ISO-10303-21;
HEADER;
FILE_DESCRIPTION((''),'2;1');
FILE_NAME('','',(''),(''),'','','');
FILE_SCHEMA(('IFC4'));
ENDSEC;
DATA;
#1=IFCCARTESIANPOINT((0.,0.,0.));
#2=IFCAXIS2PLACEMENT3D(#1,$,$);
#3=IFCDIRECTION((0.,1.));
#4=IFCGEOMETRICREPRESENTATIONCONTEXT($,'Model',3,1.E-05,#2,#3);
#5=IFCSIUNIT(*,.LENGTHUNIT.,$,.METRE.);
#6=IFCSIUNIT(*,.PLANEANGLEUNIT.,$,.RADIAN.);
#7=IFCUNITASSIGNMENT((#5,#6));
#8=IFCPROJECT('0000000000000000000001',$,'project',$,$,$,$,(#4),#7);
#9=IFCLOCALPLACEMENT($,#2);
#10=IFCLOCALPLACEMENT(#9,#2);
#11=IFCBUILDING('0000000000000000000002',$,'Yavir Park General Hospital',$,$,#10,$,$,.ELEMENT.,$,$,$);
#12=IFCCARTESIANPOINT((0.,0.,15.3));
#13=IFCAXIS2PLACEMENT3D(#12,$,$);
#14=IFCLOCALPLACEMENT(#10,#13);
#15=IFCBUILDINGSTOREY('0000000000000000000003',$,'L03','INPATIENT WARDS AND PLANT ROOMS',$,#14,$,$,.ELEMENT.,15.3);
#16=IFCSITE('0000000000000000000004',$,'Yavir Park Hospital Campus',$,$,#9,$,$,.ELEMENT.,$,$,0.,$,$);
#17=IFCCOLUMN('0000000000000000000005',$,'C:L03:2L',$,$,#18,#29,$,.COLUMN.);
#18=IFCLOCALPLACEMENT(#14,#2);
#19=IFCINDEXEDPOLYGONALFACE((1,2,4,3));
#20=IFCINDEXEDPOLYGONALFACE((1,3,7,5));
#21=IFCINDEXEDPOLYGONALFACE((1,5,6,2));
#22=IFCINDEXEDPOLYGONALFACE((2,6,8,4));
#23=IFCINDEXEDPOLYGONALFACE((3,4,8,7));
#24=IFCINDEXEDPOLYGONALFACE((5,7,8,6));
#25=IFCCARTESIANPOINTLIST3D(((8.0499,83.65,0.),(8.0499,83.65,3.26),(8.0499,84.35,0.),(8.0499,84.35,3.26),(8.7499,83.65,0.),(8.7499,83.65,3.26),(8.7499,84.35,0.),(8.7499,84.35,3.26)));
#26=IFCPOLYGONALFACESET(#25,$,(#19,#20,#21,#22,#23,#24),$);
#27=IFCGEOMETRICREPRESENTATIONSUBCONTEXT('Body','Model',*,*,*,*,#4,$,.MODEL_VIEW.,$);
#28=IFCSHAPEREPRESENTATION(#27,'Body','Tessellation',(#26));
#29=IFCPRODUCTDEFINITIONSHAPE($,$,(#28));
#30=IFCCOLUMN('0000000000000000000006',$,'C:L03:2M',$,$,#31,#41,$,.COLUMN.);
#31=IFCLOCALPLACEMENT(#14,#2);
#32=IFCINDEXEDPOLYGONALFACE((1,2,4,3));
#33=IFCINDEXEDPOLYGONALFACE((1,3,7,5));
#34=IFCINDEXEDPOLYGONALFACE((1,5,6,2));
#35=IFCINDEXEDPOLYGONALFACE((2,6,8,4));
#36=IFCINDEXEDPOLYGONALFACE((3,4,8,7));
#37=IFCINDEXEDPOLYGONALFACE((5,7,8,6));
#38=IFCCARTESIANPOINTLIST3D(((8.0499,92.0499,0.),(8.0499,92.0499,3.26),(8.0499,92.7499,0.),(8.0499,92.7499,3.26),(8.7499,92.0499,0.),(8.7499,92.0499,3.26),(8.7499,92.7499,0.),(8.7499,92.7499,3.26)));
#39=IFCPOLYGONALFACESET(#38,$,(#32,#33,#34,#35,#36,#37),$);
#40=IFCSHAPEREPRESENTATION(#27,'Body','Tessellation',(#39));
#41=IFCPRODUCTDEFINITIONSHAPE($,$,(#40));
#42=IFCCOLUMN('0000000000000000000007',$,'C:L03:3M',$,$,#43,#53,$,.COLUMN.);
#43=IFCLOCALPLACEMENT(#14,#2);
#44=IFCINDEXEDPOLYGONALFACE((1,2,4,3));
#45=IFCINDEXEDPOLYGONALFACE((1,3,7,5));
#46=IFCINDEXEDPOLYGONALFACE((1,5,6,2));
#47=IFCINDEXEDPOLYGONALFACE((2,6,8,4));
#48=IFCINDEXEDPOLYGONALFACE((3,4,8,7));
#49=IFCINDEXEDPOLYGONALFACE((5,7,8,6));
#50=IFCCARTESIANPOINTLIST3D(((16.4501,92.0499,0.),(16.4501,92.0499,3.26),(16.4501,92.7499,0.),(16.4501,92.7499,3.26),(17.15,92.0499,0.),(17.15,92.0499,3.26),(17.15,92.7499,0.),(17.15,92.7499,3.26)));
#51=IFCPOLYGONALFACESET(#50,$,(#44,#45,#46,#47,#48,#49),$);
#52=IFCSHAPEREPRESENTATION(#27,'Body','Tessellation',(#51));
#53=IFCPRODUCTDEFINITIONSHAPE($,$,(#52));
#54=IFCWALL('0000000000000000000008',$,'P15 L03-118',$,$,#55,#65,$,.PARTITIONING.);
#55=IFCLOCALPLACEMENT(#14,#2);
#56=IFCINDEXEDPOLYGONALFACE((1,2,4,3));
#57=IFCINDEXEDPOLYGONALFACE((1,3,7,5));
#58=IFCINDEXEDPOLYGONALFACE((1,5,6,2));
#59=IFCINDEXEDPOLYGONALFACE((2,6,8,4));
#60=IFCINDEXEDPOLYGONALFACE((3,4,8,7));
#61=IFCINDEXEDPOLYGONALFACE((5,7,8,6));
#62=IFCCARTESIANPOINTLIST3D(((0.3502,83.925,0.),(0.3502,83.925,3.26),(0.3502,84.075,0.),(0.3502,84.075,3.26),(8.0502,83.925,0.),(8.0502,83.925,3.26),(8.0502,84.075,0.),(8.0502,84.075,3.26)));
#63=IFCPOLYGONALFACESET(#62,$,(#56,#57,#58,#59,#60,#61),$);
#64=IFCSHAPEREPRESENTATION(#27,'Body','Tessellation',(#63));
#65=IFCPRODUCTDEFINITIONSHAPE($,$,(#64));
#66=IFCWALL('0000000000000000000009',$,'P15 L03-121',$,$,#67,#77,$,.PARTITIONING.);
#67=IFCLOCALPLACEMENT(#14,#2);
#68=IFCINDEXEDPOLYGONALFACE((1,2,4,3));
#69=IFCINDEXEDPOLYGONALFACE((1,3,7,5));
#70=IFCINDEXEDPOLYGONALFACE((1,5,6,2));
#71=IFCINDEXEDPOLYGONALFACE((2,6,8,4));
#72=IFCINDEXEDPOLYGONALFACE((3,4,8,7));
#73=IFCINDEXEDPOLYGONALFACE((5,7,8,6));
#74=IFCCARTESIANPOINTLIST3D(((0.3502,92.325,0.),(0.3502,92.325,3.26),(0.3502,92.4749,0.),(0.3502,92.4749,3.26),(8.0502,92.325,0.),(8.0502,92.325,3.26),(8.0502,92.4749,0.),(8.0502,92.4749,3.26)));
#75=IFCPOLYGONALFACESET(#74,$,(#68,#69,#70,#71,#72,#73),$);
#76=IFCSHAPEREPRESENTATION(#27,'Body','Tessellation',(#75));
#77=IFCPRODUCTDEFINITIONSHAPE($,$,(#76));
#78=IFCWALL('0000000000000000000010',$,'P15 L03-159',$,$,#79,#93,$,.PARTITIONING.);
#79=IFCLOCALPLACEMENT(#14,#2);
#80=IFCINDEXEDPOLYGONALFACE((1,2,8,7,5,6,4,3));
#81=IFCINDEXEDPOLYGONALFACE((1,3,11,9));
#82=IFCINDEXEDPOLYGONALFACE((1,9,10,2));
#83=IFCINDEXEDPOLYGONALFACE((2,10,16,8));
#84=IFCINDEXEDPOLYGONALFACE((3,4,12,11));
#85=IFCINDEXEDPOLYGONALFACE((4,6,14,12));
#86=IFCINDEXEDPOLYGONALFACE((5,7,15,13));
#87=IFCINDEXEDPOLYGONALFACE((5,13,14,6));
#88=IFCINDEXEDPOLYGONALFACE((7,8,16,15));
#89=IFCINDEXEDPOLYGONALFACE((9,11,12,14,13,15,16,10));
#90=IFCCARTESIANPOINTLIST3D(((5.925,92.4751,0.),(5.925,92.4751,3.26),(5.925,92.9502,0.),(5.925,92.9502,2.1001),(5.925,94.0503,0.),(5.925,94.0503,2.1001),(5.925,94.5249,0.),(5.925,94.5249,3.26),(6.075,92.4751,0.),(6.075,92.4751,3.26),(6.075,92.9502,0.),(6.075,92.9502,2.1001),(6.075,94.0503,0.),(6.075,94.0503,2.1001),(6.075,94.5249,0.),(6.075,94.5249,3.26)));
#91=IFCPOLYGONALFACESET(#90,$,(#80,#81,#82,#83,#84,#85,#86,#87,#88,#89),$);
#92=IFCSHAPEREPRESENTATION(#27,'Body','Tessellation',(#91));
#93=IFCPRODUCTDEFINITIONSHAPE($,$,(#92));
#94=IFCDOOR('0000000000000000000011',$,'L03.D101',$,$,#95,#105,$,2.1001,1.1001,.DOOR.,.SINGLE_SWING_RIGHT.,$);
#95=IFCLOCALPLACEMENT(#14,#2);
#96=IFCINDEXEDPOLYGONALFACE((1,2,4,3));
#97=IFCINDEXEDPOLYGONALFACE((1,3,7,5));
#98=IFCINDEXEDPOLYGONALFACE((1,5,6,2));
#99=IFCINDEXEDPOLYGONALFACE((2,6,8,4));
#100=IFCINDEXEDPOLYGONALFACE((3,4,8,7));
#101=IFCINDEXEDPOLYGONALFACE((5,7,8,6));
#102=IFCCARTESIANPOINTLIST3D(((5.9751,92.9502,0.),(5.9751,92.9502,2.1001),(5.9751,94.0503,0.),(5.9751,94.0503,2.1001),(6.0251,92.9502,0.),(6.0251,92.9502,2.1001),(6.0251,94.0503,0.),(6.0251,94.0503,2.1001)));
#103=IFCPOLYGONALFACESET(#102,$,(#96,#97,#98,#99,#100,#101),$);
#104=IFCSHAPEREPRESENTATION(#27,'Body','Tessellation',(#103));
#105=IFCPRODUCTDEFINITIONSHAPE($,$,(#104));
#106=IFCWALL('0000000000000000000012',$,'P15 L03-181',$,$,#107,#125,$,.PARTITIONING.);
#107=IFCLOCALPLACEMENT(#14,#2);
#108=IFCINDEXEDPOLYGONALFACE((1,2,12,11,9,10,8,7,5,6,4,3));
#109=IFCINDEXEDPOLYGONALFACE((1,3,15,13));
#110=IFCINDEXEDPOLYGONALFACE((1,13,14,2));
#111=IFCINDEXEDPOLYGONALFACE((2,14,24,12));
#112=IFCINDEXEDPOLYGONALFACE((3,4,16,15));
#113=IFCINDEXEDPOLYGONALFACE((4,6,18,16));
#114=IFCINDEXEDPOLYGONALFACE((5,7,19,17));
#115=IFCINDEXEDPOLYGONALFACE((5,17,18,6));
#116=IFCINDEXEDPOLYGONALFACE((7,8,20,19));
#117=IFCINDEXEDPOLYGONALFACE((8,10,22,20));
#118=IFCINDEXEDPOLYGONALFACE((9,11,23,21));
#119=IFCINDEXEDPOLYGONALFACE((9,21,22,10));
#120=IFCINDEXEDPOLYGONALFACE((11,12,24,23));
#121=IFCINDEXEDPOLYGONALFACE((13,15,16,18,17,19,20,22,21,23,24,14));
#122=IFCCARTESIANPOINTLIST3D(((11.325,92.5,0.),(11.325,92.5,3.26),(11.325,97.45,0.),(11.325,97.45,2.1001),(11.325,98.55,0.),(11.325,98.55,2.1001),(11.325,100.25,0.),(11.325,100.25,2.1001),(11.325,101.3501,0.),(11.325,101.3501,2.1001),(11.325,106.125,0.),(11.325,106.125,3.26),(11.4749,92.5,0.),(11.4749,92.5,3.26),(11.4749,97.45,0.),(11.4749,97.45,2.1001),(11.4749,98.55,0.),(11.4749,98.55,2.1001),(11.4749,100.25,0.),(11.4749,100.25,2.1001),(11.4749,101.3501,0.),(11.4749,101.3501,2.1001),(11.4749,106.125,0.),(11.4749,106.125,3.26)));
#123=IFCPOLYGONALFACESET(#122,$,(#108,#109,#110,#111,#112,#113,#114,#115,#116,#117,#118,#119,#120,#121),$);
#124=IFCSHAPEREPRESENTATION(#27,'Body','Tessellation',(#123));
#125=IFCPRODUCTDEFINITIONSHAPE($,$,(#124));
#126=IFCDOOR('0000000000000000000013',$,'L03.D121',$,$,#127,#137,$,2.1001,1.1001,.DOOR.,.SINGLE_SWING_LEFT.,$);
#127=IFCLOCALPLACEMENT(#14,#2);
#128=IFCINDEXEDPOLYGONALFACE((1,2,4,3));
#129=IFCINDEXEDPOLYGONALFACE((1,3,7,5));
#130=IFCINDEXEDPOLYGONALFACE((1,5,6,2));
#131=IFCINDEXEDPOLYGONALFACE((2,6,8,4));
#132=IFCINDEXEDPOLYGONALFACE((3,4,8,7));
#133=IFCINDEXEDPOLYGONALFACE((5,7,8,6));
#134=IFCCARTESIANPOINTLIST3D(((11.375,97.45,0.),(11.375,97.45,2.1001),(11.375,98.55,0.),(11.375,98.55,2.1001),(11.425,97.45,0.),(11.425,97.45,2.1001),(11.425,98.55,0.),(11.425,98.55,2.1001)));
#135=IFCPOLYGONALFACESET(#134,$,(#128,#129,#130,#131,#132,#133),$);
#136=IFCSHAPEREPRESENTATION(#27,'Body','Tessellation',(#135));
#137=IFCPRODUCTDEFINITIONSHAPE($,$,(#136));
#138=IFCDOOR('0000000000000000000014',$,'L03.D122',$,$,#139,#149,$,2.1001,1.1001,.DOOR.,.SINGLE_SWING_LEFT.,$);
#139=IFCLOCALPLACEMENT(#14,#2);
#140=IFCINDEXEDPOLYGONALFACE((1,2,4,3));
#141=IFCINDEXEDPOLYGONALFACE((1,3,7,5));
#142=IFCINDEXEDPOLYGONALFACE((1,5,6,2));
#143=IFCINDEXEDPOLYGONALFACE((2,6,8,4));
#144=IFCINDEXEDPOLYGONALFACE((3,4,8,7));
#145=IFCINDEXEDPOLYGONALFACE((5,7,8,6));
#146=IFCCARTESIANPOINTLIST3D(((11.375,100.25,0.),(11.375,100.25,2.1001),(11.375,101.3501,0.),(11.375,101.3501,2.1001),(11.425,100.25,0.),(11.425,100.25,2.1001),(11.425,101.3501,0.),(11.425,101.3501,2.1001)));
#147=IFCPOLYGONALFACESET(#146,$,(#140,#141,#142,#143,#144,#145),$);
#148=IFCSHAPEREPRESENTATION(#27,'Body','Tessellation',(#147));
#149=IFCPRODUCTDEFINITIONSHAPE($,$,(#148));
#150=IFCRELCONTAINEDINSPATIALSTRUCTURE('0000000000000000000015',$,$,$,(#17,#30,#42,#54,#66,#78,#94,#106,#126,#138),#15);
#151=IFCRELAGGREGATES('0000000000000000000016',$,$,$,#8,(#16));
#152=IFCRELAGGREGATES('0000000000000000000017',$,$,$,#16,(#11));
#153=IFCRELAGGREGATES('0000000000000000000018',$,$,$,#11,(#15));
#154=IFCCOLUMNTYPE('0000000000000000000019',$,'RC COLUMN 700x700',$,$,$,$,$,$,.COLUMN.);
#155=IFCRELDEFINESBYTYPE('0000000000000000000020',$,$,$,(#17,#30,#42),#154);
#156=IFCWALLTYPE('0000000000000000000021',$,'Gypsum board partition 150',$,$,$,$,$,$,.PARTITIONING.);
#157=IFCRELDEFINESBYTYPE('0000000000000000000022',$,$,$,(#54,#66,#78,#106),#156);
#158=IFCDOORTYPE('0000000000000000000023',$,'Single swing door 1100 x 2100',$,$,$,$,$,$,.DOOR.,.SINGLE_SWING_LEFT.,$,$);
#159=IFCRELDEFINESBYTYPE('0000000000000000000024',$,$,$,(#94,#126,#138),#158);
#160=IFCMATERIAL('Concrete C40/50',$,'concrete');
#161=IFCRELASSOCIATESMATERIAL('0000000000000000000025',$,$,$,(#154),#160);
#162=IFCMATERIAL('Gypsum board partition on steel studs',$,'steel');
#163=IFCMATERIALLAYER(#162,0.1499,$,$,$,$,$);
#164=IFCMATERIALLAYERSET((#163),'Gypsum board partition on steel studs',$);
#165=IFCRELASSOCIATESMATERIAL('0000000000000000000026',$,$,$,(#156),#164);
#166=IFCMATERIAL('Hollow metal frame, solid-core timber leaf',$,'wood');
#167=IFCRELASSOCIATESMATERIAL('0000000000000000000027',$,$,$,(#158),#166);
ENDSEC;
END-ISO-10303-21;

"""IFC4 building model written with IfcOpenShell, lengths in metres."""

from ifc_helpers import new_model, si_unit, direction, frame, frame_2d, origin, origin_2d, place, context, subcontext, project, spatial, rectangle, extrude, material, layer, layer_set, material_profile, profile_set, type_object, element, fill, save


model = new_model("IFC4")

# Units and contexts
model_context = context("Model", 3, precision=1e-05, world=origin(), true_north=direction((0.0, 1.0)))
body_context = subcontext(model_context, "Body", "Model", "MODEL_VIEW")
ifc_project = project(units=[si_unit("LENGTHUNIT", "METRE"), si_unit("PLANEANGLEUNIT", "RADIAN")], contexts=[model_context])

# Site, building, storey
site_placement = place(None, origin())
site = spatial("IfcSite", under=ifc_project, at=site_placement, Name="Yavir Park Hospital Campus", CompositionType="ELEMENT", RefElevation=0.0)
building_placement = place(site_placement, origin())
building = spatial("IfcBuilding", under=site, at=building_placement, Name="Yavir Park General Hospital", CompositionType="ELEMENT")
storey_placement = place(building_placement, frame((0.0, 0.0, 15.3)))
storey = spatial("IfcBuildingStorey", under=building, at=storey_placement, Name="L03", Description="INPATIENT WARDS AND PLANT ROOMS", CompositionType="ELEMENT", Elevation=15.3)

# Columns
ifc_material_1 = material(Name="Concrete C40/50", Category="concrete")
ifc_material_profile = material_profile(ifc_material_1, rectangle(XDim=0.7, YDim=0.7, at=origin_2d()), Name="RC700x700")
ifc_profile_set = profile_set([ifc_material_profile], Name="Concrete C40/50")
column_type = type_object("IfcColumnType", Name="RC COLUMN 700x700", PredefinedType="COLUMN", material=ifc_profile_set)
for number, where, z_axis, x_axis, name in (
    (1, (8.3999, 84.0, 0.0), (0.0, 0.0, 1.0), (1.0, 0.0, 0.0), "C:L03:2L"),
    (2, (8.3999, 92.3999, 0.0), (0.0, 0.0, 1.0), (1.0, 0.0, 0.0), "C:L03:2M"),
    (3, (16.8, 92.3999, 0.0), (0.0, 0.0, 1.0), (1.0, 0.0, 0.0), "C:L03:3M"),
):
    element("IfcColumn", number, at=place(storey_placement, frame(where, z_axis=z_axis, x_axis=x_axis)), inside=storey, type_object=column_type, Name=name, PredefinedType="COLUMN", context=body_context, shape_type="SweptSolid", body=[
        extrude(rectangle(XDim=0.7, YDim=0.7, at=origin_2d()), origin(), (0.0, 0.0, 1.0), 3.26),
    ])

# Walls
ifc_material_2 = material(Name="Gypsum board partition on steel studs", Category="steel")
ifc_layer_1 = layer(ifc_material_2, 0.1499)
ifc_layer_set_1 = layer_set([ifc_layer_1], Name="Gypsum board partition on steel studs")
wall_type_1 = type_object("IfcWallType", Name="Gypsum board partition 150", PredefinedType="PARTITIONING", material=ifc_layer_set_1)
for number, where, z_axis, x_axis, name in (
    (4, (0.3501, 84.0, 0.0), (0.0, 0.0, 1.0), (1.0, 0.0, 0.0), "P15 L03-118"),
    (5, (0.3501, 92.3999, 0.0), (0.0, 0.0, 1.0), (1.0, 0.0, 0.0), "P15 L03-121"),
):
    element("IfcWall", number, at=place(storey_placement, frame(where, z_axis=z_axis, x_axis=x_axis)), inside=storey, type_object=wall_type_1, Name=name, PredefinedType="PARTITIONING", context=body_context, shape_type="SweptSolid", body=[
        extrude(rectangle(XDim=7.7, YDim=0.1499, at=frame_2d((3.8501, 0.0))), origin(), (0.0, 0.0, 1.0), 3.26),
    ])

# Wall, opening, door
wall_1_placement = place(storey_placement, frame((6.0, 92.4751, 0.0), z_axis=(0.0, 0.0, 1.0), x_axis=(0.0, 1.0, 0.0)))
wall_1 = element("IfcWall", 6, at=wall_1_placement, inside=storey, type_object=wall_type_1, Name="P15 L03-159", PredefinedType="PARTITIONING", context=body_context, shape_type="SweptSolid", body=[
    extrude(rectangle(XDim=2.0498, YDim=0.1499, at=frame_2d((1.0249, 0.0))), origin(), (0.0, 0.0, 1.0), 3.26),
])
opening_1_placement = place(wall_1_placement, frame((0.4751, 0.0, 0.0)))
opening_1 = element("IfcOpeningElement", 7, at=opening_1_placement, cuts=wall_1, PredefinedType="OPENING", context=body_context, shape_type="SweptSolid", body=[
    extrude(rectangle(XDim=1.1001, YDim=2.1001, at=frame_2d((0.55, 1.05))), frame((0.0, 0.085, 0.0), z_axis=(0.0, -1.0, 0.0), x_axis=(1.0, 0.0, 0.0)), (0.0, 0.0, 1.0), 0.1699),
])
ifc_material_3 = material(Name="Hollow metal frame, solid-core timber leaf", Category="wood")
door_type_1 = type_object("IfcDoorType", Name="Single swing door 1100 x 2100", OperationType="SINGLE_SWING_LEFT", PredefinedType="DOOR", material=ifc_material_3)
door_1_placement = place(opening_1_placement, origin())
door_1 = element("IfcDoor", 8, at=door_1_placement, inside=storey, type_object=door_type_1, Name="L03.D101", OperationType="SINGLE_SWING_RIGHT", OverallHeight=2.1001, OverallWidth=1.1001, PredefinedType="DOOR", context=body_context, shape_type="SweptSolid", body=[
    extrude(rectangle(XDim=1.1001, YDim=2.1001, at=frame_2d((0.55, 1.05))), frame((0.0, 0.0249, 0.0), z_axis=(0.0, -1.0, 0.0), x_axis=(1.0, 0.0, 0.0)), (0.0, 0.0, 1.0), 0.05),
])
fill(opening_1, door_1)

# Wall, openings, doors
wall_2_placement = place(storey_placement, frame((11.3999, 92.5, 0.0), z_axis=(0.0, 0.0, 1.0), x_axis=(0.0, 1.0, 0.0)))
wall_2 = element("IfcWall", 9, at=wall_2_placement, inside=storey, type_object=wall_type_1, Name="P15 L03-181", PredefinedType="PARTITIONING", context=body_context, shape_type="SweptSolid", body=[
    extrude(rectangle(XDim=13.625, YDim=0.1499, at=frame_2d((6.8125, 0.0))), origin(), (0.0, 0.0, 1.0), 3.26),
])
opening_2_placement = place(wall_2_placement, frame((4.95, 0.0, 0.0)))
opening_2 = element("IfcOpeningElement", 10, at=opening_2_placement, cuts=wall_2, PredefinedType="OPENING", context=body_context, shape_type="SweptSolid", body=[
    extrude(rectangle(XDim=1.1001, YDim=2.1001, at=frame_2d((0.55, 1.05))), frame((0.0, 0.085, 0.0), z_axis=(0.0, -1.0, 0.0), x_axis=(1.0, 0.0, 0.0)), (0.0, 0.0, 1.0), 0.1699),
])
opening_3_placement = place(wall_2_placement, frame((7.75, 0.0, 0.0)))
opening_3 = element("IfcOpeningElement", 11, at=opening_3_placement, cuts=wall_2, PredefinedType="OPENING", context=body_context, shape_type="SweptSolid", body=[
    extrude(rectangle(XDim=1.1001, YDim=2.1001, at=frame_2d((0.55, 1.05))), frame((0.0, 0.085, 0.0), z_axis=(0.0, -1.0, 0.0), x_axis=(1.0, 0.0, 0.0)), (0.0, 0.0, 1.0), 0.1699),
])
door_2_placement = place(opening_2_placement, origin())
door_2 = element("IfcDoor", 12, at=door_2_placement, inside=storey, type_object=door_type_1, Name="L03.D121", OperationType="SINGLE_SWING_LEFT", OverallHeight=2.1001, OverallWidth=1.1001, PredefinedType="DOOR", context=body_context, shape_type="SweptSolid", body=[
    extrude(rectangle(XDim=1.1001, YDim=2.1001, at=frame_2d((0.55, 1.05))), frame((0.0, 0.0249, 0.0), z_axis=(0.0, -1.0, 0.0), x_axis=(1.0, 0.0, 0.0)), (0.0, 0.0, 1.0), 0.05),
])
fill(opening_2, door_2)
door_3_placement = place(opening_3_placement, origin())
door_3 = element("IfcDoor", 13, at=door_3_placement, inside=storey, type_object=door_type_1, Name="L03.D122", OperationType="SINGLE_SWING_LEFT", OverallHeight=2.1001, OverallWidth=1.1001, PredefinedType="DOOR", context=body_context, shape_type="SweptSolid", body=[
    extrude(rectangle(XDim=1.1001, YDim=2.1001, at=frame_2d((0.55, 1.05))), frame((0.0, 0.0249, 0.0), z_axis=(0.0, -1.0, 0.0), x_axis=(1.0, 0.0, 0.0)), (0.0, 0.0, 1.0), 0.05),
])
fill(opening_3, door_3)

save(model, "model.ifc")
